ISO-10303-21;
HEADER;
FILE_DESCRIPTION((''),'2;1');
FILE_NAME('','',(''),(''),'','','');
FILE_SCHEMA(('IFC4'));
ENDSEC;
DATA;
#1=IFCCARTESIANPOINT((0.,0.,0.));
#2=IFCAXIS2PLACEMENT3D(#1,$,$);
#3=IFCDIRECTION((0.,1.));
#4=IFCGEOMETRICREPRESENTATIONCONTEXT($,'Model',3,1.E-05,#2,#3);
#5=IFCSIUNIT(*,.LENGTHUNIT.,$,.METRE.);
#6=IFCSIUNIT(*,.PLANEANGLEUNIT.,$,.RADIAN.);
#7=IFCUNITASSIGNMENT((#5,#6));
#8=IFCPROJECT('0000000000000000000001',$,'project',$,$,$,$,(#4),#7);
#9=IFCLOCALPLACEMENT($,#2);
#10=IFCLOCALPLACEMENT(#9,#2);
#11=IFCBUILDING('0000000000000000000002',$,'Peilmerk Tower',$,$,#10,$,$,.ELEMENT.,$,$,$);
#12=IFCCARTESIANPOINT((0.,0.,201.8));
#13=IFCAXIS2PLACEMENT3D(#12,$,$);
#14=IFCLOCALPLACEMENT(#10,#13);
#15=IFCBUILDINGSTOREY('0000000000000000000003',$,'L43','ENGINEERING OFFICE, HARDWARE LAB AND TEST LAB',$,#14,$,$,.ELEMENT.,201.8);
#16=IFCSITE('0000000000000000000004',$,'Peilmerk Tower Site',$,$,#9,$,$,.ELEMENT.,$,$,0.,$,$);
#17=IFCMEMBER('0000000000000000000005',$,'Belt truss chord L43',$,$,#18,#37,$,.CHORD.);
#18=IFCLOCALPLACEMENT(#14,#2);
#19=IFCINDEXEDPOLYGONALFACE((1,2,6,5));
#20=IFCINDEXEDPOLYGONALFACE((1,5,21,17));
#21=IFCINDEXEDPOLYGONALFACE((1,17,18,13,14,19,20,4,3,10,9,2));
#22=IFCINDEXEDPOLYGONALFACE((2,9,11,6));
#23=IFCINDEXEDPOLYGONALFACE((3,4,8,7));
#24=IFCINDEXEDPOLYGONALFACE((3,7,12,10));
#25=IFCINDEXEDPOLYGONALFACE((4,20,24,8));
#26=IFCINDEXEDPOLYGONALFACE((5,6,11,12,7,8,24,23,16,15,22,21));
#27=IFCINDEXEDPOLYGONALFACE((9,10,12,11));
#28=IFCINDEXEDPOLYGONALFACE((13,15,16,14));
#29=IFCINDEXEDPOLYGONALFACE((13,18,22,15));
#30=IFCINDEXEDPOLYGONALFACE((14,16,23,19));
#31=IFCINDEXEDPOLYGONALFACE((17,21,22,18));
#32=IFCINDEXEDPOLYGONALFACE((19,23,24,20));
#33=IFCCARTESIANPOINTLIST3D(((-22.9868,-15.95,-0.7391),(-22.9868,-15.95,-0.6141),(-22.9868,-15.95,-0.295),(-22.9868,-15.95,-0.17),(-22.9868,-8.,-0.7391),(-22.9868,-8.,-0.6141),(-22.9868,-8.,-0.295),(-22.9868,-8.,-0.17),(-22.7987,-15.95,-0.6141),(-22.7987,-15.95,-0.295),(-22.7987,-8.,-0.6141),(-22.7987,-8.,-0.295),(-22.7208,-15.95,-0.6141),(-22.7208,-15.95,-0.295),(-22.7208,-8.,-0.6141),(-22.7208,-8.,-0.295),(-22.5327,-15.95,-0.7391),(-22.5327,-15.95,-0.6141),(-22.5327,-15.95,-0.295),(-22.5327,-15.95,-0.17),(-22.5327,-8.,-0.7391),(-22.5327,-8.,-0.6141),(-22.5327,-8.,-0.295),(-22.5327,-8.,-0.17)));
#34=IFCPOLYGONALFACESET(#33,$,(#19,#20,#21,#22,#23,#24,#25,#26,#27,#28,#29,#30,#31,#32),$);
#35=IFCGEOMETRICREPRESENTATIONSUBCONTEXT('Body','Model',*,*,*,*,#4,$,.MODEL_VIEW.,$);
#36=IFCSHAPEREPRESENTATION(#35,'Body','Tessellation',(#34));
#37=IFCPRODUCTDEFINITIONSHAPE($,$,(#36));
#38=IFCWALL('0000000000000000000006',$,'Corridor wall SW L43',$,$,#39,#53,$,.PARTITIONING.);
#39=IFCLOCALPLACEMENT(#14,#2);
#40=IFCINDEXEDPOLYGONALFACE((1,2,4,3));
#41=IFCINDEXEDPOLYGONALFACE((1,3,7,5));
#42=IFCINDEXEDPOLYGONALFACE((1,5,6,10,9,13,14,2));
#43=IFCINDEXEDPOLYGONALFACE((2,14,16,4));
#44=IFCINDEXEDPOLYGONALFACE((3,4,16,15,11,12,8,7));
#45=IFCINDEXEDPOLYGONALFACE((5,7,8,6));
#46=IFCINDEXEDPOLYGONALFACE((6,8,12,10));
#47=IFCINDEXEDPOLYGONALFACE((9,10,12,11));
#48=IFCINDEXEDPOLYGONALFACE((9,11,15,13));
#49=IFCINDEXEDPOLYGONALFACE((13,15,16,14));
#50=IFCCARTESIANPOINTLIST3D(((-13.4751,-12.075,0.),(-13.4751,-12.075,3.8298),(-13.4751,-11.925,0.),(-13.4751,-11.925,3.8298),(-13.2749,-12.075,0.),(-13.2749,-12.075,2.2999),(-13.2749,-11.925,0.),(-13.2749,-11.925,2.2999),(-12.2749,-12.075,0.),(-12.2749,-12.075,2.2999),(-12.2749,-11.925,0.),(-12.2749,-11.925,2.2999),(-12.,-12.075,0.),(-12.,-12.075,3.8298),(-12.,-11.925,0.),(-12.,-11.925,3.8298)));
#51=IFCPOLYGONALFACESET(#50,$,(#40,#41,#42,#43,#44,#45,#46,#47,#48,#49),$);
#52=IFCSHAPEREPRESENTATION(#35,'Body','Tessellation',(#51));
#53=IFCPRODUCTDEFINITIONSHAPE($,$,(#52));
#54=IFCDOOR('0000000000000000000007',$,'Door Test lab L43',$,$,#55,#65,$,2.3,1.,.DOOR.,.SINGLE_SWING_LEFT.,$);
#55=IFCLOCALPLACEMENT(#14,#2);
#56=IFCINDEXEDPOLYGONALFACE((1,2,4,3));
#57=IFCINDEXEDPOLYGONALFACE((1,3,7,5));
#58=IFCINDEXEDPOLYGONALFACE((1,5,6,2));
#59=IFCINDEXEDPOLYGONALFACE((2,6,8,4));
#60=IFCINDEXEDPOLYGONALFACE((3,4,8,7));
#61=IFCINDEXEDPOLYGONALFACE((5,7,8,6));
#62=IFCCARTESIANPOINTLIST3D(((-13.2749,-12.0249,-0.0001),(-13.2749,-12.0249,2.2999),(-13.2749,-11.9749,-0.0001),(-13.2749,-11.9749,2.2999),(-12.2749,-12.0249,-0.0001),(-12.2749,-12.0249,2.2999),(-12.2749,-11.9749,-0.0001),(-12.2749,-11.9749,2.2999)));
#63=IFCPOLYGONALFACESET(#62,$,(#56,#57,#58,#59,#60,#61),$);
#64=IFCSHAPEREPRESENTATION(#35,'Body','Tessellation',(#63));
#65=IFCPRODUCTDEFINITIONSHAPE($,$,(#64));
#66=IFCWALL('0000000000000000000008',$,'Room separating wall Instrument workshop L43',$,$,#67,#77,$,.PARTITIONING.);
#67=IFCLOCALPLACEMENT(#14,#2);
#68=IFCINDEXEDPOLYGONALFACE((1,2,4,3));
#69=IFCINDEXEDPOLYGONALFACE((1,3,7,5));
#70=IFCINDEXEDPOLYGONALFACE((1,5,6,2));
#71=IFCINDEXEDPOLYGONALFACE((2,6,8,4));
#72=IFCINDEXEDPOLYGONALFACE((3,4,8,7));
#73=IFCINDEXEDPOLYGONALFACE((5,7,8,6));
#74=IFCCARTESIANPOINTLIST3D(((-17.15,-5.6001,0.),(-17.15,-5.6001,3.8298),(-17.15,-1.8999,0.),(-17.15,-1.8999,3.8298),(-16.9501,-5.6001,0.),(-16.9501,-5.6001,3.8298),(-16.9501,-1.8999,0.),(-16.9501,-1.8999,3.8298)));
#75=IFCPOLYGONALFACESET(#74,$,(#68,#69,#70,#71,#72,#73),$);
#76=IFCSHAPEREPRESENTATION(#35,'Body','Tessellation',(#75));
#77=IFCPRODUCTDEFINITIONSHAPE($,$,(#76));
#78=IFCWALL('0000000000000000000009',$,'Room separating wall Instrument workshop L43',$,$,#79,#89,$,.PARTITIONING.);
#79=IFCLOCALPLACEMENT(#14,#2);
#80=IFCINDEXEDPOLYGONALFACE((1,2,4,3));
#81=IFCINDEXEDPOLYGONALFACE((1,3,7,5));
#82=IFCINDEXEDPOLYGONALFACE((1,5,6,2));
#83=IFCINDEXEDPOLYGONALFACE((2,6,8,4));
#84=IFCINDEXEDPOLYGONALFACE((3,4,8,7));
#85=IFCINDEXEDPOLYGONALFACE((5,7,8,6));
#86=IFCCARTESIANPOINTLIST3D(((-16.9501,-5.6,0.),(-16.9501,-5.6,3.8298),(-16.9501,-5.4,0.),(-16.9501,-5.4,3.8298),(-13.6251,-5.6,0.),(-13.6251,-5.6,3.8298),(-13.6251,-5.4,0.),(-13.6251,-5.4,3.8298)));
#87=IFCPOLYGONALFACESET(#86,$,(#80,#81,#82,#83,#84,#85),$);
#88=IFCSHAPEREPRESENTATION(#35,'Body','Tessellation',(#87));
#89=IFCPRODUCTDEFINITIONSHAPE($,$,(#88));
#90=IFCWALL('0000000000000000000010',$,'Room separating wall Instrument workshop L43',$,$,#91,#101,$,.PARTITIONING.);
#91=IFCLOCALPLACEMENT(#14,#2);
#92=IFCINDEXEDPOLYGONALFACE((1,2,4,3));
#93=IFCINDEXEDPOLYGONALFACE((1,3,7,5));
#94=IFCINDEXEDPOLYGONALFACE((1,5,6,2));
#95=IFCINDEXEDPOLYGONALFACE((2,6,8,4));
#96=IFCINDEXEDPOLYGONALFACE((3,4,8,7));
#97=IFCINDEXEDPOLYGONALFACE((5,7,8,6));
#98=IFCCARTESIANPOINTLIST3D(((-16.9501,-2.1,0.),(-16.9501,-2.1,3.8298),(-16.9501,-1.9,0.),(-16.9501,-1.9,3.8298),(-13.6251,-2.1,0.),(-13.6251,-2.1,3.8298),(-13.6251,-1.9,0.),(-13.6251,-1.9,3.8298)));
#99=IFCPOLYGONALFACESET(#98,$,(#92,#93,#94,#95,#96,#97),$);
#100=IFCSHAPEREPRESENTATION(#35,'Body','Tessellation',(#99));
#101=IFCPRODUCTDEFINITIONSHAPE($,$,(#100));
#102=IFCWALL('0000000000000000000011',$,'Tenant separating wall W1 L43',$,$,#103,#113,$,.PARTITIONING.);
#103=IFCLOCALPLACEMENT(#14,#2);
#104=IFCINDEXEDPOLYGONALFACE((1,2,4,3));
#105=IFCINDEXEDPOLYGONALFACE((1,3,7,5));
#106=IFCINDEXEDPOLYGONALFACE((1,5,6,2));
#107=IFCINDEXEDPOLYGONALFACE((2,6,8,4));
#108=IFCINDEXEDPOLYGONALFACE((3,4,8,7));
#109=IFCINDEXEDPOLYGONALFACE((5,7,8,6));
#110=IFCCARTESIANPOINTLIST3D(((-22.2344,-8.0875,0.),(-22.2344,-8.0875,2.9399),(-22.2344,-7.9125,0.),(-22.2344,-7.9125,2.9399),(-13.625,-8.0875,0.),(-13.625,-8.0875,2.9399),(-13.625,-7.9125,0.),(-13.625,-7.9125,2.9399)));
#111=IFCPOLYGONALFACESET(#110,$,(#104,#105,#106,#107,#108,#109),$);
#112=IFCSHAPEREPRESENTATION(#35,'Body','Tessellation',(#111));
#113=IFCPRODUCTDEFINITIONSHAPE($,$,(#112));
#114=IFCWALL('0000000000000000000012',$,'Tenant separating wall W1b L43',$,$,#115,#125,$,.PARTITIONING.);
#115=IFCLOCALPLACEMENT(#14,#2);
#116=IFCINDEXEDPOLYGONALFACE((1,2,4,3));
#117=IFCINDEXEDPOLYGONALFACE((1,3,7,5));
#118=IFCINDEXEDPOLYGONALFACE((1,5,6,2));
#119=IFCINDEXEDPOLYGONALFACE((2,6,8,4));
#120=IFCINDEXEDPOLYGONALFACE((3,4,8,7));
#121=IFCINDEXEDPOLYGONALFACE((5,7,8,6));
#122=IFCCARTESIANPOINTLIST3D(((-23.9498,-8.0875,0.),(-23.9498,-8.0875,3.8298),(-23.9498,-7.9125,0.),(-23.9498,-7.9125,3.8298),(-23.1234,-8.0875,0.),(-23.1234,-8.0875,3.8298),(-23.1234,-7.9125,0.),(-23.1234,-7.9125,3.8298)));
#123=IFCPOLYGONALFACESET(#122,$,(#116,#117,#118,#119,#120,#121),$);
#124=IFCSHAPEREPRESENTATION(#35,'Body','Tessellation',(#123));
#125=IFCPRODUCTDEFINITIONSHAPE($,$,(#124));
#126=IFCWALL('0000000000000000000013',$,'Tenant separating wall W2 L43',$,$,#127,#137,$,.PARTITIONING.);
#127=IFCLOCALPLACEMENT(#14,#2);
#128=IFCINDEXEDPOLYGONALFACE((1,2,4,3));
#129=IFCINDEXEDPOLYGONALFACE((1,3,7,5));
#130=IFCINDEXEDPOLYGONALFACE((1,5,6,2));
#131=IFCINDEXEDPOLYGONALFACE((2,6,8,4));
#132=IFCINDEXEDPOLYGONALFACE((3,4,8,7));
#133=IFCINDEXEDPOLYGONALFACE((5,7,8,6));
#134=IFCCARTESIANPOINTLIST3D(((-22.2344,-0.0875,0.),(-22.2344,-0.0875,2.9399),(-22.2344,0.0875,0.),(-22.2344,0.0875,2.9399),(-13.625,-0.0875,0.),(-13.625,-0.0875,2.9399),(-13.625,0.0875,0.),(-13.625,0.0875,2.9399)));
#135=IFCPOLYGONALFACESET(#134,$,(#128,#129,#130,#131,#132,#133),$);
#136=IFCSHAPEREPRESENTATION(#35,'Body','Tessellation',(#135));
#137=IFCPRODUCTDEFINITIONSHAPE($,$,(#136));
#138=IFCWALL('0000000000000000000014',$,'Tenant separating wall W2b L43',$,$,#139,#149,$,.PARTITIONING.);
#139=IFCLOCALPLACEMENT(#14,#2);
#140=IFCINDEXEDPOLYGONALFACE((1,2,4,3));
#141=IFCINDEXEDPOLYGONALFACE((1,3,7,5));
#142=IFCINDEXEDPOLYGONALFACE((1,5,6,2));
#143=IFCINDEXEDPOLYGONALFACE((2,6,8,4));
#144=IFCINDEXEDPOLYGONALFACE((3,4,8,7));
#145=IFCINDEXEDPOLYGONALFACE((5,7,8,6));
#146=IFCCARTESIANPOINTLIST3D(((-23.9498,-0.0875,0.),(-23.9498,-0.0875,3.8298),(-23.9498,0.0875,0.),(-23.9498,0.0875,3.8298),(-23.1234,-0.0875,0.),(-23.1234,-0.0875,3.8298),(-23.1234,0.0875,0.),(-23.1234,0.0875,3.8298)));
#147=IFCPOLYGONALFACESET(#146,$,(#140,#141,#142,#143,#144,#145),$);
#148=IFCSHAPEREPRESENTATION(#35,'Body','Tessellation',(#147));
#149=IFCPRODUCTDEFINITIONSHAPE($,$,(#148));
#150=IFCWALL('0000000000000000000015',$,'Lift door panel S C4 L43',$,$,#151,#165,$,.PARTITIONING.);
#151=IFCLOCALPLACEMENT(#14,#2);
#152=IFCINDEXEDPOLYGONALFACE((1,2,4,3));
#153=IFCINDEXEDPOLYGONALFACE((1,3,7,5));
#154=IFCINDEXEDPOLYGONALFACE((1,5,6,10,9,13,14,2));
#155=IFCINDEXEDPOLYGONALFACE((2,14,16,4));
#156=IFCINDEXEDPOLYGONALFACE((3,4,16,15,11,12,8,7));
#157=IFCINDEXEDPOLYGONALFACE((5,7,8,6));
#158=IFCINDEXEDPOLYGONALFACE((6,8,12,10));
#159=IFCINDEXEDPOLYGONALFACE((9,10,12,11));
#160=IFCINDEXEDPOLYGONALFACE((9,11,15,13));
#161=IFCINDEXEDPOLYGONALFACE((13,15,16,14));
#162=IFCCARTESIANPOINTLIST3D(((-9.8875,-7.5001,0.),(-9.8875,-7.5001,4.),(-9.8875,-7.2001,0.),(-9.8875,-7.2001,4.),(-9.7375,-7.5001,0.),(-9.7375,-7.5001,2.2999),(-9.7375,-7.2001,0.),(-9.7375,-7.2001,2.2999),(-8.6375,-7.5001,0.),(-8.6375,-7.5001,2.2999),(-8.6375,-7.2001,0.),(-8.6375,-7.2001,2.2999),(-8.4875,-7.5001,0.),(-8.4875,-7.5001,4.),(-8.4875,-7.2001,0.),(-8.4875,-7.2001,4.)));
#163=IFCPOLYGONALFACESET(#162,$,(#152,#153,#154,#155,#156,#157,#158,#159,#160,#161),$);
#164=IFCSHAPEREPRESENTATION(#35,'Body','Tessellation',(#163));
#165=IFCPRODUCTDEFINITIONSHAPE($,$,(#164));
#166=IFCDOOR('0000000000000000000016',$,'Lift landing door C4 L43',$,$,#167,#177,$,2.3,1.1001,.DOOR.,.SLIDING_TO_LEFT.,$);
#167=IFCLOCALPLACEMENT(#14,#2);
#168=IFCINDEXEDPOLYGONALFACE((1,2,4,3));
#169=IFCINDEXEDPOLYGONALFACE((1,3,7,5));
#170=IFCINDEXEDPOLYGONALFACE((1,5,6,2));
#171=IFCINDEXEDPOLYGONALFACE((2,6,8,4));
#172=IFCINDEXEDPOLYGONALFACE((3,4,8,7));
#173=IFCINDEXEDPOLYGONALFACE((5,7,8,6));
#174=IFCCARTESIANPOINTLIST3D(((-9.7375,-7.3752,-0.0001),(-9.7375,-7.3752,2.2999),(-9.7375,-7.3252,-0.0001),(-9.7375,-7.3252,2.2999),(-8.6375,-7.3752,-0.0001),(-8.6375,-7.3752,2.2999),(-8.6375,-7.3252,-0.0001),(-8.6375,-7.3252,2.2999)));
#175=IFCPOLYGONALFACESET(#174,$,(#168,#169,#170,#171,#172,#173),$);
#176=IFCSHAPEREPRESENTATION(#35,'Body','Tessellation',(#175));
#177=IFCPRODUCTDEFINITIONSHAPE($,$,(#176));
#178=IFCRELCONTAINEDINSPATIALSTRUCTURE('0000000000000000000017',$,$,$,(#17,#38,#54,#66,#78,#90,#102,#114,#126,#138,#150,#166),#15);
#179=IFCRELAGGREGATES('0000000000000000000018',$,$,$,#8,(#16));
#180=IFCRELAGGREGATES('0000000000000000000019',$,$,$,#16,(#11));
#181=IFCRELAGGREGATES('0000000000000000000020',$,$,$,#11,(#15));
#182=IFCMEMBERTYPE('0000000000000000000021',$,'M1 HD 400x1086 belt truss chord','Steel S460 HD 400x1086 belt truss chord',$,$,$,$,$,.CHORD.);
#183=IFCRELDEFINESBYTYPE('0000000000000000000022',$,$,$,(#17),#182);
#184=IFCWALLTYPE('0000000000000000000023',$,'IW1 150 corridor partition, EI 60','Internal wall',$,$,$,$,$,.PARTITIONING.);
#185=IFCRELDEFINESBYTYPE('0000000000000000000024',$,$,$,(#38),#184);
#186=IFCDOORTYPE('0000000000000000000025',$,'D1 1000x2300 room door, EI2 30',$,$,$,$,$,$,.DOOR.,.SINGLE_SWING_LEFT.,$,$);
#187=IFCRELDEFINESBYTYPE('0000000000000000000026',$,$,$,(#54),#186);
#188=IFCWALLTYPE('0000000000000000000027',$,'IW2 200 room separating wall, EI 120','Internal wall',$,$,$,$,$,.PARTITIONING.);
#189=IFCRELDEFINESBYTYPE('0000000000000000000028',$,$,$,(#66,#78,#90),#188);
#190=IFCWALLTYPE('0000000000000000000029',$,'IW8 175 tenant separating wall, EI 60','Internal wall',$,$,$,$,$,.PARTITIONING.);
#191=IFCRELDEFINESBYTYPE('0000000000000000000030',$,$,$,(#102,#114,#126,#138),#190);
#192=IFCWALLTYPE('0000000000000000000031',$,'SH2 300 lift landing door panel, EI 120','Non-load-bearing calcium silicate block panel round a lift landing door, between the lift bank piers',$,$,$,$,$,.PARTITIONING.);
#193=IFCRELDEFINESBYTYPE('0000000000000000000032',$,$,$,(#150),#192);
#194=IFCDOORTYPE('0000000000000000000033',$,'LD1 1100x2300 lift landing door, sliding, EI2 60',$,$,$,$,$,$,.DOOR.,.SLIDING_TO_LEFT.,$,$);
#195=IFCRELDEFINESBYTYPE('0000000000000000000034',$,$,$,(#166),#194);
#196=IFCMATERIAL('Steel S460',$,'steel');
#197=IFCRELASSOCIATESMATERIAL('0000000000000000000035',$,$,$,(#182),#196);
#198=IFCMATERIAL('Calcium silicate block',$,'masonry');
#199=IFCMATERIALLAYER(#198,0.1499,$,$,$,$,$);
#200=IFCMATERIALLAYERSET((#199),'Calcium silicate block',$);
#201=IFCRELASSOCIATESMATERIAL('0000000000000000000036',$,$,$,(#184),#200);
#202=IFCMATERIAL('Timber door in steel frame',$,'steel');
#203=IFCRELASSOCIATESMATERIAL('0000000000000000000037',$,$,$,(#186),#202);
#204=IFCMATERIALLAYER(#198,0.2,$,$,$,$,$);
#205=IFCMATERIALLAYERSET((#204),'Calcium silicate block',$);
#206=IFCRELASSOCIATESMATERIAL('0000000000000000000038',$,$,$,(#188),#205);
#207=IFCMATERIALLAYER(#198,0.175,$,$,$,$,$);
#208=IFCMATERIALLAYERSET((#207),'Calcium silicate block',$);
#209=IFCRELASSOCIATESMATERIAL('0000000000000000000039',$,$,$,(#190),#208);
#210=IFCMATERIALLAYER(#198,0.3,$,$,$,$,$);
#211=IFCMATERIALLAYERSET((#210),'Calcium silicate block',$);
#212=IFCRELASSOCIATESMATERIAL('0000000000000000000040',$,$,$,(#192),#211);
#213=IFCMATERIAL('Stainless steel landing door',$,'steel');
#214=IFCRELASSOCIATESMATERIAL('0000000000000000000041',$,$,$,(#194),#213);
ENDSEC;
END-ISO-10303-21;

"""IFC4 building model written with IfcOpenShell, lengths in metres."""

from ifc_helpers import new_model, si_unit, direction, frame, frame_2d, origin, origin_2d, place, context, subcontext, project, spatial, rectangle, i_section, extrude, material, layer, layer_set, material_profile, profile_set, type_object, element, fill, save


model = new_model("IFC4")

# Units and contexts
model_context = context("Model", 3, precision=1e-05, world=origin(), true_north=direction((0.0, 1.0)))
body_context = subcontext(model_context, "Body", "Model", "MODEL_VIEW")
ifc_project = project(units=[si_unit("LENGTHUNIT", "METRE"), si_unit("PLANEANGLEUNIT", "RADIAN")], contexts=[model_context])

# Site, building, storey
site_placement = place(None, origin())
site = spatial("IfcSite", under=ifc_project, at=site_placement, Name="Peilmerk Tower Site", CompositionType="ELEMENT", RefElevation=0.0)
building_placement = place(site_placement, origin())
building = spatial("IfcBuilding", under=site, at=building_placement, Name="Peilmerk Tower", CompositionType="ELEMENT")
storey_placement = place(building_placement, frame((0.0, 0.0, 201.8)))
storey = spatial("IfcBuildingStorey", under=building, at=storey_placement, Name="L43", Description="ENGINEERING OFFICE, HARDWARE LAB AND TEST LAB", CompositionType="ELEMENT", Elevation=201.8)

# Shared definitions
ifc_material_1 = material(Name="Steel S460", Category="steel")

# Member
ifc_material_profile_1 = material_profile(ifc_material_1, i_section(OverallWidth=0.4541, OverallDepth=0.5691, WebThickness=0.0779, FlangeThickness=0.125, at=origin_2d()), Name="HD 400x1086")
ifc_profile_set_1 = profile_set([ifc_material_profile_1], Name="Steel S460")
member_type = type_object("IfcMemberType", Name="M1 HD 400x1086 belt truss chord", Description="Steel S460 HD 400x1086 belt truss chord", PredefinedType="CHORD", material=ifc_profile_set_1)
member_1_placement = place(storey_placement, frame((-22.7598, -8.0, -0.4546), z_axis=(0.0, -1.0, 0.0), x_axis=(1.0, 0.0, 0.0)))
element("IfcMember", 1, at=member_1_placement, inside=storey, type_object=member_type, Name="Belt truss chord L43", PredefinedType="CHORD", context=body_context, shape_type="SweptSolid", body=[
    extrude(i_section(OverallWidth=0.4541, OverallDepth=0.5691, WebThickness=0.0779, FlangeThickness=0.125, at=origin_2d()), origin(), (0.0, 0.0, 1.0), 7.95),
])

# Wall, opening, door
ifc_material_2 = material(Name="Calcium silicate block", Category="masonry")
ifc_layer_1 = layer(ifc_material_2, 0.1499)
ifc_layer_set_1 = layer_set([ifc_layer_1], Name="Calcium silicate block")
wall_type_1 = type_object("IfcWallType", Name="IW1 150 corridor partition, EI 60", Description="Internal wall", PredefinedType="PARTITIONING", material=ifc_layer_set_1)
wall_1_placement = place(storey_placement, frame((-12.0, -12.0, 0.0), z_axis=(0.0, 0.0, 1.0), x_axis=(-1.0, 0.0, 0.0)))
wall_1 = element("IfcWall", 2, at=wall_1_placement, inside=storey, type_object=wall_type_1, Name="Corridor wall SW L43", PredefinedType="PARTITIONING", context=body_context, shape_type="SweptSolid", body=[
    extrude(rectangle(XDim=1.4751, YDim=0.1499, at=frame_2d((0.7375, 0.0))), origin(), (0.0, 0.0, 1.0), 3.8298),
])
opening_1_placement = place(wall_1_placement, frame((0.2749, 0.0, 0.0)))
opening_1 = element("IfcOpeningElement", 3, at=opening_1_placement, cuts=wall_1, PredefinedType="OPENING", context=body_context, shape_type="SweptSolid", body=[
    extrude(rectangle(XDim=1.0, YDim=2.3, at=frame_2d((0.5, 1.1499))), frame((0.0, 0.085, 0.0), z_axis=(0.0, -1.0, 0.0), x_axis=(1.0, 0.0, 0.0)), (0.0, 0.0, 1.0), 0.1699),
])
ifc_material_3 = material(Name="Timber door in steel frame", Category="steel")
door_type_1 = type_object("IfcDoorType", Name="D1 1000x2300 room door, EI2 30", OperationType="SINGLE_SWING_LEFT", PredefinedType="DOOR", material=ifc_material_3)
door_1_placement = place(opening_1_placement, origin())
door_1 = element("IfcDoor", 4, at=door_1_placement, inside=storey, type_object=door_type_1, Name="Door Test lab L43", OperationType="SINGLE_SWING_LEFT", OverallHeight=2.3, OverallWidth=1.0, PredefinedType="DOOR", context=body_context, shape_type="SweptSolid", body=[
    extrude(rectangle(XDim=1.0, YDim=2.3, at=frame_2d((0.5, 1.1499))), frame((0.0, 0.0249, 0.0), z_axis=(0.0, -1.0, 0.0), x_axis=(1.0, 0.0, 0.0)), (0.0, 0.0, 1.0), 0.05),
])
fill(opening_1, door_1)

# Walls
ifc_layer_2 = layer(ifc_material_2, 0.2)
ifc_layer_set_2 = layer_set([ifc_layer_2], Name="Calcium silicate block")
wall_type_2 = type_object("IfcWallType", Name="IW2 200 room separating wall, EI 120", Description="Internal wall", PredefinedType="PARTITIONING", material=ifc_layer_set_2)
wall_2_placement = place(storey_placement, frame((-17.05, -5.6001, 0.0), z_axis=(0.0, 0.0, 1.0), x_axis=(0.0, 1.0, 0.0)))
element("IfcWall", 5, at=wall_2_placement, inside=storey, type_object=wall_type_2, Name="Room separating wall Instrument workshop L43", PredefinedType="PARTITIONING", context=body_context, shape_type="SweptSolid", body=[
    extrude(rectangle(XDim=3.7002, YDim=0.2, at=frame_2d((1.8501, 0.0))), origin(), (0.0, 0.0, 1.0), 3.8298),
])
for number, where, z_axis, x_axis, name in (
    (6, (-13.625, -5.5, 0.0), (0.0, 0.0, 1.0), (-1.0, 0.0, 0.0), "Room separating wall Instrument workshop L43"),
    (7, (-13.625, -2.0, 0.0), (0.0, 0.0, 1.0), (-1.0, 0.0, 0.0), "Room separating wall Instrument workshop L43"),
):
    element("IfcWall", number, at=place(storey_placement, frame(where, z_axis=z_axis, x_axis=x_axis)), inside=storey, type_object=wall_type_2, Name=name, PredefinedType="PARTITIONING", context=body_context, shape_type="SweptSolid", body=[
        extrude(rectangle(XDim=3.325, YDim=0.2, at=frame_2d((1.6626, 0.0))), origin(), (0.0, 0.0, 1.0), 3.8298),
    ])
ifc_layer_3 = layer(ifc_material_2, 0.175)
ifc_layer_set_3 = layer_set([ifc_layer_3], Name="Calcium silicate block")
wall_type_3 = type_object("IfcWallType", Name="IW8 175 tenant separating wall, EI 60", Description="Internal wall", PredefinedType="PARTITIONING", material=ifc_layer_set_3)
wall_3_placement = place(storey_placement, frame((-13.625, -8.0, 0.0), z_axis=(0.0, 0.0, 1.0), x_axis=(-1.0, 0.0, 0.0)))
element("IfcWall", 8, at=wall_3_placement, inside=storey, type_object=wall_type_3, Name="Tenant separating wall W1 L43", PredefinedType="PARTITIONING", context=body_context, shape_type="SweptSolid", body=[
    extrude(rectangle(XDim=8.6094, YDim=0.175, at=frame_2d((4.3047, 0.0))), origin(), (0.0, 0.0, 1.0), 2.9399),
])
wall_4_placement = place(storey_placement, frame((-23.1235, -8.0, 0.0), z_axis=(0.0, 0.0, 1.0), x_axis=(-1.0, 0.0, 0.0)))
element("IfcWall", 9, at=wall_4_placement, inside=storey, type_object=wall_type_3, Name="Tenant separating wall W1b L43", PredefinedType="PARTITIONING", context=body_context, shape_type="SweptSolid", body=[
    extrude(rectangle(XDim=0.8264, YDim=0.175, at=frame_2d((0.4131, 0.0))), origin(), (0.0, 0.0, 1.0), 3.8298),
])
wall_5_placement = place(storey_placement, frame((-13.625, 0.0, 0.0), z_axis=(0.0, 0.0, 1.0), x_axis=(-1.0, 0.0, 0.0)))
element("IfcWall", 10, at=wall_5_placement, inside=storey, type_object=wall_type_3, Name="Tenant separating wall W2 L43", PredefinedType="PARTITIONING", context=body_context, shape_type="SweptSolid", body=[
    extrude(rectangle(XDim=8.6094, YDim=0.175, at=frame_2d((4.3047, 0.0))), origin(), (0.0, 0.0, 1.0), 2.9399),
])
wall_6_placement = place(storey_placement, frame((-23.1235, 0.0, 0.0), z_axis=(0.0, 0.0, 1.0), x_axis=(-1.0, 0.0, 0.0)))
element("IfcWall", 11, at=wall_6_placement, inside=storey, type_object=wall_type_3, Name="Tenant separating wall W2b L43", PredefinedType="PARTITIONING", context=body_context, shape_type="SweptSolid", body=[
    extrude(rectangle(XDim=0.8264, YDim=0.175, at=frame_2d((0.4131, 0.0))), origin(), (0.0, 0.0, 1.0), 3.8298),
])

# Wall, opening, door
ifc_layer_4 = layer(ifc_material_2, 0.3)
ifc_layer_set_4 = layer_set([ifc_layer_4], Name="Calcium silicate block")
wall_type_4 = type_object("IfcWallType", Name="SH2 300 lift landing door panel, EI 120", Description="Non-load-bearing calcium silicate block panel round a lift landing door, between the lift bank piers", PredefinedType="PARTITIONING", material=ifc_layer_set_4)
wall_7_placement = place(storey_placement, frame((-9.8875, -7.3501, 0.0), z_axis=(0.0, 0.0, 1.0), x_axis=(1.0, 0.0, 0.0)))
wall_7 = element("IfcWall", 12, at=wall_7_placement, inside=storey, type_object=wall_type_4, Name="Lift door panel S C4 L43", PredefinedType="PARTITIONING", context=body_context, shape_type="SweptSolid", body=[
    extrude(rectangle(XDim=1.3999, YDim=0.3, at=frame_2d((0.7, 0.0))), origin(), (0.0, 0.0, 1.0), 4.0),
])
opening_2_placement = place(wall_7_placement, frame((0.1499, 0.0, 0.0)))
opening_2 = element("IfcOpeningElement", 13, at=opening_2_placement, cuts=wall_7, PredefinedType="OPENING", context=body_context, shape_type="SweptSolid", body=[
    extrude(rectangle(XDim=1.1001, YDim=2.3, at=frame_2d((0.55, 1.1499))), frame((0.0, 0.1599, 0.0), z_axis=(0.0, -1.0, 0.0), x_axis=(1.0, 0.0, 0.0)), (0.0, 0.0, 1.0), 0.3201),
])
ifc_material_4 = material(Name="Stainless steel landing door", Category="steel")
door_type_2 = type_object("IfcDoorType", Name="LD1 1100x2300 lift landing door, sliding, EI2 60", OperationType="SLIDING_TO_LEFT", PredefinedType="DOOR", material=ifc_material_4)
door_2_placement = place(opening_2_placement, origin())
door_2 = element("IfcDoor", 14, at=door_2_placement, inside=storey, type_object=door_type_2, Name="Lift landing door C4 L43", OperationType="SLIDING_TO_LEFT", OverallHeight=2.3, OverallWidth=1.1001, PredefinedType="DOOR", context=body_context, shape_type="SweptSolid", body=[
    extrude(rectangle(XDim=1.1001, YDim=2.3, at=frame_2d((0.55, 1.1499))), frame((0.0, 0.0249, 0.0), z_axis=(0.0, -1.0, 0.0), x_axis=(1.0, 0.0, 0.0)), (0.0, 0.0, 1.0), 0.05),
])
fill(opening_2, door_2)

save(model, "model.ifc")
